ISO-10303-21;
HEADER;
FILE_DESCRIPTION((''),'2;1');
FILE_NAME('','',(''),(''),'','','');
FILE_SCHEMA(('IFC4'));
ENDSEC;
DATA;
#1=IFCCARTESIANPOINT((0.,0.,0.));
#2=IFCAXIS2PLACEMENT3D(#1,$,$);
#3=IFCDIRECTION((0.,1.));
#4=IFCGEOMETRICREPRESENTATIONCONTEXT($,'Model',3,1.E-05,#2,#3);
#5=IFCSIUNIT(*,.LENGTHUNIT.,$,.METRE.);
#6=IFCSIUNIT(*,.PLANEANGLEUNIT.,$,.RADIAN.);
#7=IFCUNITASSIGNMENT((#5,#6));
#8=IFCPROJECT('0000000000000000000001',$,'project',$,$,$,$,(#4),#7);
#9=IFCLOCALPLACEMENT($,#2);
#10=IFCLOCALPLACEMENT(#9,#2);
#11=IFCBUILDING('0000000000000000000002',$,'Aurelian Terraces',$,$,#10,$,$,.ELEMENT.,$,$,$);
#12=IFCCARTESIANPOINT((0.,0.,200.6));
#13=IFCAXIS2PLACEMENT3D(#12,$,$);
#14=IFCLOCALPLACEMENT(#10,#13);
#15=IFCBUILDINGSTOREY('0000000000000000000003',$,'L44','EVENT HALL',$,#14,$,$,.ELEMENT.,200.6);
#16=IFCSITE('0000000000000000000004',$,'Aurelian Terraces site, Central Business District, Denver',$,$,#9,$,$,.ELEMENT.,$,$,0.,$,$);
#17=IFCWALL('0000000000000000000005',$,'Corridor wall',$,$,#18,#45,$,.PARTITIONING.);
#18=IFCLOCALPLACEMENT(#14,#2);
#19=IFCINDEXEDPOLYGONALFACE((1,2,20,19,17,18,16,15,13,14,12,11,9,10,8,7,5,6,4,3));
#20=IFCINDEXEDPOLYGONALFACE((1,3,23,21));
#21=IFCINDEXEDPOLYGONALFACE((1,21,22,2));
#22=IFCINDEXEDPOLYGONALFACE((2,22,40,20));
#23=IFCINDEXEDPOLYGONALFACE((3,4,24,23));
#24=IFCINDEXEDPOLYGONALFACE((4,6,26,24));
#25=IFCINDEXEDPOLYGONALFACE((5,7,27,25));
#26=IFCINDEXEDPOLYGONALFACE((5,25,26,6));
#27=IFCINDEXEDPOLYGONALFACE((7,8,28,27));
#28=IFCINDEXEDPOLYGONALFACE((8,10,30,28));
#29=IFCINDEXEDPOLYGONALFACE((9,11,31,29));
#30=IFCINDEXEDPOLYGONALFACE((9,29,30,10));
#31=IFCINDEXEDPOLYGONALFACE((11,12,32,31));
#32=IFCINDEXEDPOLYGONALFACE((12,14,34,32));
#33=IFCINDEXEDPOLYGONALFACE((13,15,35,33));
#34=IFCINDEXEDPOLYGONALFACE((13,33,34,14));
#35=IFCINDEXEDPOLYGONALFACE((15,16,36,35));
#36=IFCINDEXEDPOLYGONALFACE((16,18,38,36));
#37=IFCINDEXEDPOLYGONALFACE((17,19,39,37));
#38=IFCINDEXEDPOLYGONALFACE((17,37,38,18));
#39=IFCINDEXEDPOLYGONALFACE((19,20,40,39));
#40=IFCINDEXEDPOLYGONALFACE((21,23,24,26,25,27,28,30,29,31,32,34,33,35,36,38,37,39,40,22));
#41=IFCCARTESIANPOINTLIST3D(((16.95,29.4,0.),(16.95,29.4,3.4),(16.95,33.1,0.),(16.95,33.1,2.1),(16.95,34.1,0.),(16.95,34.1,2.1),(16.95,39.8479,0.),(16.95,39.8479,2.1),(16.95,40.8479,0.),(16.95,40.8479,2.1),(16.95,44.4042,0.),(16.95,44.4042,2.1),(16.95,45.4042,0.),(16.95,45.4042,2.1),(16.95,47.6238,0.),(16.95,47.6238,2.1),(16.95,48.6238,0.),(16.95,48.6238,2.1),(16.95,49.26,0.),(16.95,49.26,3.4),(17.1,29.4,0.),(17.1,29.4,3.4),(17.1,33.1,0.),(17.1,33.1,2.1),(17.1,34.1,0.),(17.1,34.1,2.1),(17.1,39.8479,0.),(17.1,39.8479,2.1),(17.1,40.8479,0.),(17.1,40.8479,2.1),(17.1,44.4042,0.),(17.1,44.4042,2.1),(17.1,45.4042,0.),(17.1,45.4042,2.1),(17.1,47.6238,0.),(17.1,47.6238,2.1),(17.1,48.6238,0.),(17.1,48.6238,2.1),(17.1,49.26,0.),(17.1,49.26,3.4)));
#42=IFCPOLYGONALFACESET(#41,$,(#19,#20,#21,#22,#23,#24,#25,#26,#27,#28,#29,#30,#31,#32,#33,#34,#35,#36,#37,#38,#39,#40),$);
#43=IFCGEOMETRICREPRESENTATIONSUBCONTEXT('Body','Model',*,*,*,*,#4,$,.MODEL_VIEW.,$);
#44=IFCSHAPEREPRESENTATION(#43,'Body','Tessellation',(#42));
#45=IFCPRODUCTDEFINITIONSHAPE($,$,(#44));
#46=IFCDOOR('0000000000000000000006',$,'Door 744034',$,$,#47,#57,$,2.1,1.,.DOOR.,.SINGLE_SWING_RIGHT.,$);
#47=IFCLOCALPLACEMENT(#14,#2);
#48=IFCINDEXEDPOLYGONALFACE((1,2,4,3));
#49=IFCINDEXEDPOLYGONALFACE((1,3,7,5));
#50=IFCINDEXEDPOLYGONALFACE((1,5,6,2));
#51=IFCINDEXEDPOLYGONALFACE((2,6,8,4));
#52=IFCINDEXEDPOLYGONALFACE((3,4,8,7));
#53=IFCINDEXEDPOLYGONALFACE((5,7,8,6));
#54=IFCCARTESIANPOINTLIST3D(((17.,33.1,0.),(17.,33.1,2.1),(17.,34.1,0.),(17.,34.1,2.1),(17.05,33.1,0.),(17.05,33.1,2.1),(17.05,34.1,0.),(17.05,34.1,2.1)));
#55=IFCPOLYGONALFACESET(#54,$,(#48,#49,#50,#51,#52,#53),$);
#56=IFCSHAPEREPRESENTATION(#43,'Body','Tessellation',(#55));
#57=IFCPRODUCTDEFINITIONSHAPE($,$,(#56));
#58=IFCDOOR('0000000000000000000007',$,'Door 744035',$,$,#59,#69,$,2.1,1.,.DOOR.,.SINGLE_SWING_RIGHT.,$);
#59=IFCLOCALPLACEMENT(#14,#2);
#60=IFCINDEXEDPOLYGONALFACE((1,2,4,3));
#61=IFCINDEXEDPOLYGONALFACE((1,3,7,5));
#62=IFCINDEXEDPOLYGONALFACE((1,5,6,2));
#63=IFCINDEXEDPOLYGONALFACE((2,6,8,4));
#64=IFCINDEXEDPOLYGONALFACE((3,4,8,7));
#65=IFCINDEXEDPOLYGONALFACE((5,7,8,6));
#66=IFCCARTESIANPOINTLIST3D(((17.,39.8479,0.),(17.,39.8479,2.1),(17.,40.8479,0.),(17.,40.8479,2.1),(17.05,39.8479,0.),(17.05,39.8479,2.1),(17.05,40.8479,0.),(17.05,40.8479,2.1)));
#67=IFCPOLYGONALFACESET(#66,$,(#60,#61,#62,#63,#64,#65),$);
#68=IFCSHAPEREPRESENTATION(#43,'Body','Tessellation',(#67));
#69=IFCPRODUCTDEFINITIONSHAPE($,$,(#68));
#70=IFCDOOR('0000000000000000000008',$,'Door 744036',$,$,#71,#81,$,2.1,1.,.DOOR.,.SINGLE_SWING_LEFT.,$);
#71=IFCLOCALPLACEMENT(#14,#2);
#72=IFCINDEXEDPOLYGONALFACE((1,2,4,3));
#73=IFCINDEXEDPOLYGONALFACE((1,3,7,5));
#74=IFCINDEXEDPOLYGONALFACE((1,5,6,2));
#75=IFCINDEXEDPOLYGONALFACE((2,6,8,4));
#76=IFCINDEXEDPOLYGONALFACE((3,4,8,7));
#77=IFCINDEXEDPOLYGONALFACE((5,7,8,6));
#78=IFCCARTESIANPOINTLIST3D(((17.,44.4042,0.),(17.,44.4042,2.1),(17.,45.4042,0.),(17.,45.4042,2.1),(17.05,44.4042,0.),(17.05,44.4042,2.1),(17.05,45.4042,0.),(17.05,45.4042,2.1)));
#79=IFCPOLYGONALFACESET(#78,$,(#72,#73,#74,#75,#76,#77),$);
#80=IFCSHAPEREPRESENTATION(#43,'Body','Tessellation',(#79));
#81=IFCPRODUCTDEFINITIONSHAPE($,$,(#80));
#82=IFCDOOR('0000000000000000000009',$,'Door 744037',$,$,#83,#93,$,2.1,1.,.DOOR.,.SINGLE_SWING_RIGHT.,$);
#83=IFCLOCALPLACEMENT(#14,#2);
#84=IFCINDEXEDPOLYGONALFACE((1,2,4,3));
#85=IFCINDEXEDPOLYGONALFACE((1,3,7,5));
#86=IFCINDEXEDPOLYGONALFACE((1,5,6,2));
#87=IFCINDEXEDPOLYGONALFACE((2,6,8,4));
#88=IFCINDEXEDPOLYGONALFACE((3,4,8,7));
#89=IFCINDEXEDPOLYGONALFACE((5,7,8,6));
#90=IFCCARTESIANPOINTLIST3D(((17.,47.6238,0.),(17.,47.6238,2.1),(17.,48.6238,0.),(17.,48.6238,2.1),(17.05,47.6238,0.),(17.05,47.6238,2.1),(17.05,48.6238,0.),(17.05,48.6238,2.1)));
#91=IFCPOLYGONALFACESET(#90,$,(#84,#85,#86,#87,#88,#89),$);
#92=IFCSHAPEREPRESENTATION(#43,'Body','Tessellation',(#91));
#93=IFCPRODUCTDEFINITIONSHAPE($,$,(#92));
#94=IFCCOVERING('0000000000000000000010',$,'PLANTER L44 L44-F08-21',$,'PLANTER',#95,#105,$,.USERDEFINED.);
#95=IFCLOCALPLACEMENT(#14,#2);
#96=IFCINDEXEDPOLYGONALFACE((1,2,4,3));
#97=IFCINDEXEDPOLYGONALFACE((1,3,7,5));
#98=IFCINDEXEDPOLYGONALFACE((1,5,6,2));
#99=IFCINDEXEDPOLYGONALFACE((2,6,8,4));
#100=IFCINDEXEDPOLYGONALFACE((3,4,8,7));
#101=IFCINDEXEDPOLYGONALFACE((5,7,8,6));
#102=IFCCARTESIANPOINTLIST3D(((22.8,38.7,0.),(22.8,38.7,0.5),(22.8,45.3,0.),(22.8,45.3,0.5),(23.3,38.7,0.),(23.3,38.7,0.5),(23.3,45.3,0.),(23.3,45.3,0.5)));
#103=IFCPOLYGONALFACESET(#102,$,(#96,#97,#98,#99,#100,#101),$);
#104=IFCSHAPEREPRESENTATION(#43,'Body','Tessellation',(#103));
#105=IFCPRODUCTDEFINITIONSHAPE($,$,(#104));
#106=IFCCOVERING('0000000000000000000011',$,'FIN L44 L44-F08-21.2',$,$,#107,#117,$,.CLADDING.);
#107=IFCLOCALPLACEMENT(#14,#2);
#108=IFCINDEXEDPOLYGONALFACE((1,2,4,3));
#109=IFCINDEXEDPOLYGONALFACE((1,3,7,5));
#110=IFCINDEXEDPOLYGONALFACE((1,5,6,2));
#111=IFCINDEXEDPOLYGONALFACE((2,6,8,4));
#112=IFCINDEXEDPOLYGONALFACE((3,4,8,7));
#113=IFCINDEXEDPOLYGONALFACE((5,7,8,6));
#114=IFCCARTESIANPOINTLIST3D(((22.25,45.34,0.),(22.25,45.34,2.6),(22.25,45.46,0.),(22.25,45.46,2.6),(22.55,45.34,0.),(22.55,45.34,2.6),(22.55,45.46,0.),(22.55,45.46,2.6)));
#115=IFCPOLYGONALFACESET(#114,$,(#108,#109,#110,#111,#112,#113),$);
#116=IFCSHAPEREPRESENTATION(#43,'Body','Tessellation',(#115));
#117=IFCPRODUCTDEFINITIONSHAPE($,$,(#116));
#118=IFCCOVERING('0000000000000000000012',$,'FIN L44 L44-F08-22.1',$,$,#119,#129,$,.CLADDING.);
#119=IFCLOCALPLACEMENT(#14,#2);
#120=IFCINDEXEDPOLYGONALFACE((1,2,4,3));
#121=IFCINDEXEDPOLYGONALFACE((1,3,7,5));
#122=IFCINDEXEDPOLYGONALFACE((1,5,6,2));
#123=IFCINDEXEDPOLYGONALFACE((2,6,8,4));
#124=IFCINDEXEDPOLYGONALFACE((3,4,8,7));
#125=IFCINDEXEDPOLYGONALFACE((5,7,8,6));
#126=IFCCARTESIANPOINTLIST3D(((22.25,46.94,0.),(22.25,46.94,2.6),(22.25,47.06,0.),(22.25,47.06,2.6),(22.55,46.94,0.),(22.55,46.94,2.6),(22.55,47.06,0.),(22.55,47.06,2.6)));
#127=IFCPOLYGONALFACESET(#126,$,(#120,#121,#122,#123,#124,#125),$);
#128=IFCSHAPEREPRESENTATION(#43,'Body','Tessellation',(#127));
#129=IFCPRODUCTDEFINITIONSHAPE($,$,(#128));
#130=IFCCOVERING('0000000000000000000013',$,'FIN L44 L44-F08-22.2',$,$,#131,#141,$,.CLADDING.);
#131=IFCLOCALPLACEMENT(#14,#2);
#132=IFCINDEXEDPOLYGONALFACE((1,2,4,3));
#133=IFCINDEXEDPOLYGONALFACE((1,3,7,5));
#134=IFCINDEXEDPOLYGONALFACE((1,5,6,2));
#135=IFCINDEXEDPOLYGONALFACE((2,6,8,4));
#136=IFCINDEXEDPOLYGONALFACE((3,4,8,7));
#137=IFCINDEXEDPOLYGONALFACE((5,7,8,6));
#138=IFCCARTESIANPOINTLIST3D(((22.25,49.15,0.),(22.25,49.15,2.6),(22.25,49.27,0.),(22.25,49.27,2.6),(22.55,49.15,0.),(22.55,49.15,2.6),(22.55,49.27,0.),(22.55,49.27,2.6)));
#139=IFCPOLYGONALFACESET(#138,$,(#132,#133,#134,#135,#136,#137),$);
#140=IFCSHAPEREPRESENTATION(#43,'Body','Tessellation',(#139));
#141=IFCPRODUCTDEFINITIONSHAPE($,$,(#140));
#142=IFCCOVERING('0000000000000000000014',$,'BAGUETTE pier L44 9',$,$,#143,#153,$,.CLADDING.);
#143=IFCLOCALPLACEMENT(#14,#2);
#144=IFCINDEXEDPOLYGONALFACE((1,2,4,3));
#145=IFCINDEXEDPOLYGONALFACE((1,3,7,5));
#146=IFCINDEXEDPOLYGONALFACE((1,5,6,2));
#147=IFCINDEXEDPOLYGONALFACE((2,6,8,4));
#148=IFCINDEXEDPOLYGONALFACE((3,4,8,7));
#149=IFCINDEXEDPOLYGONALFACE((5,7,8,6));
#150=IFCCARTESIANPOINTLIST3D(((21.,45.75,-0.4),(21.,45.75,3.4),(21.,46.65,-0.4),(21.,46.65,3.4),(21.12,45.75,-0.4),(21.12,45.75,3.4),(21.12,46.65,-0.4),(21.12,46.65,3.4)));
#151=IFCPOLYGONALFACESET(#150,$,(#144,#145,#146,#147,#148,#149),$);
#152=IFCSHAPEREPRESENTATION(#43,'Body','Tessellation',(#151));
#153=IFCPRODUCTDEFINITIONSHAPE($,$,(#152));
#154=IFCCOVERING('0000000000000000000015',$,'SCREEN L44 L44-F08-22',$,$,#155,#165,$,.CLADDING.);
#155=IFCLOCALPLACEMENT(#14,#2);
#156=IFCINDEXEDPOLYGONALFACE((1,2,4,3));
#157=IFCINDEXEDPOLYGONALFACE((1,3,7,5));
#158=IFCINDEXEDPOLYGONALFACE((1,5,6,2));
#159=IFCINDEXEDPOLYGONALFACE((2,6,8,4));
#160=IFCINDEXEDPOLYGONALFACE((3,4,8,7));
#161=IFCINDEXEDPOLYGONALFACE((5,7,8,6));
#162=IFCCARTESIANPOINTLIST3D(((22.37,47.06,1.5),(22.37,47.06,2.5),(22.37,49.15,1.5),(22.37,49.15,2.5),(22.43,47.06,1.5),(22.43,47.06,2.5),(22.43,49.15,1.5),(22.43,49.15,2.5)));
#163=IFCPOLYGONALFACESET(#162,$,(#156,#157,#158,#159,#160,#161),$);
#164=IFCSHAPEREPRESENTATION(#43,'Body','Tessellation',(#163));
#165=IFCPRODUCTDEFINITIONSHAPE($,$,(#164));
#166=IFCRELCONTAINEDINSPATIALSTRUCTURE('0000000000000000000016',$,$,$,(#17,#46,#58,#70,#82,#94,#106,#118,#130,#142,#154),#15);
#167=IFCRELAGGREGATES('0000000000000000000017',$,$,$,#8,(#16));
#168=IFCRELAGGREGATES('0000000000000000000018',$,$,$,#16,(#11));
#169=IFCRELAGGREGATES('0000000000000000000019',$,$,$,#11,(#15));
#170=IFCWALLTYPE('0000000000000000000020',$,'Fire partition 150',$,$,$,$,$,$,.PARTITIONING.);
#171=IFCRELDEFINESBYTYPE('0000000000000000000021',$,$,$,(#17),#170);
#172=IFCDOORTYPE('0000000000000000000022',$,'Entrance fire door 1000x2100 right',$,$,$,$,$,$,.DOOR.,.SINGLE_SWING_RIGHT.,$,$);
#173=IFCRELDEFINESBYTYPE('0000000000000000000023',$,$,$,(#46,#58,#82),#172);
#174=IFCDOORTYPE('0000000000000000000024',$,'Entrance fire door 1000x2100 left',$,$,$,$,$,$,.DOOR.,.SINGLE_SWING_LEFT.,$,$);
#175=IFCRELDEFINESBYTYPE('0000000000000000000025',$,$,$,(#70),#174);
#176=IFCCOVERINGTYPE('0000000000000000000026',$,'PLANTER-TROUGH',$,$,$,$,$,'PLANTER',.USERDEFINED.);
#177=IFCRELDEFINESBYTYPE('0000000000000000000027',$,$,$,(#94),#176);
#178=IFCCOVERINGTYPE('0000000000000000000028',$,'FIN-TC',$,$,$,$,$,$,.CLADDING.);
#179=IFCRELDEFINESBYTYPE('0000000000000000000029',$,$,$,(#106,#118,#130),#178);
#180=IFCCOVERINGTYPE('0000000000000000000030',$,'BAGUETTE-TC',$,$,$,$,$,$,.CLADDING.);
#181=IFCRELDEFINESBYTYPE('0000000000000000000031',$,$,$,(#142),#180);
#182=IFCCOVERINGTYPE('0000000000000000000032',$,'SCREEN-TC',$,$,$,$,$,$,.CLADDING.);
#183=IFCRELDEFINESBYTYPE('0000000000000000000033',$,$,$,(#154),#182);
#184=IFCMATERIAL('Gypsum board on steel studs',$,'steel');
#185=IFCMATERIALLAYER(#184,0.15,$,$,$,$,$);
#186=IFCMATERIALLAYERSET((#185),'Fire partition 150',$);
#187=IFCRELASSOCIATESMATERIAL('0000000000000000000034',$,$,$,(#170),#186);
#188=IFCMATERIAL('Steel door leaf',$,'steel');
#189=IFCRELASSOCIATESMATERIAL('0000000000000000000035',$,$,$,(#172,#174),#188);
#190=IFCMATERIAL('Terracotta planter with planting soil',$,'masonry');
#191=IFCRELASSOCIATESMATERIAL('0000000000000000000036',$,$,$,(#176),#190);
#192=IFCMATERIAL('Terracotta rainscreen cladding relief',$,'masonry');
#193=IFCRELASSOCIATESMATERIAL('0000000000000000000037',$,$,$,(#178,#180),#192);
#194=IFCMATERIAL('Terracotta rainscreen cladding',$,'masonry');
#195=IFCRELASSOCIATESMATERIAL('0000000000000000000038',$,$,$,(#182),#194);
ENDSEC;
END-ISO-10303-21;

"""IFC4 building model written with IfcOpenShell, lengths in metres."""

from ifc_helpers import new_model, si_unit, direction, frame, frame_2d, origin, origin_2d, place, context, subcontext, project, spatial, rectangle, extrude, source, transform, mapped, material, layer, layer_set, type_object, element, fill, save


model = new_model("IFC4")

# Units and contexts
model_context = context("Model", 3, precision=1e-05, world=origin(), true_north=direction((0.0, 1.0)))
body_context = subcontext(model_context, "Body", "Model", "MODEL_VIEW")
ifc_project = project(units=[si_unit("LENGTHUNIT", "METRE"), si_unit("PLANEANGLEUNIT", "RADIAN")], contexts=[model_context])

# Site, building, storey
site_placement = place(None, origin())
site = spatial("IfcSite", under=ifc_project, at=site_placement, Name="Aurelian Terraces site, Central Business District, Denver", CompositionType="ELEMENT", RefElevation=0.0)
building_placement = place(site_placement, origin())
building = spatial("IfcBuilding", under=site, at=building_placement, Name="Aurelian Terraces", CompositionType="ELEMENT")
storey_placement = place(building_placement, frame((0.0, 0.0, 200.6)))
storey = spatial("IfcBuildingStorey", under=building, at=storey_placement, Name="L44", Description="EVENT HALL", CompositionType="ELEMENT", Elevation=200.6)

# Shared definitions
ifc_material_1 = material(Name="Terracotta rainscreen cladding", Category="masonry")

# Shared definitions
ifc_material_2 = material(Name="Gypsum board on steel studs", Category="steel")

# Wall, openings, doors
ifc_layer_1 = layer(ifc_material_2, 0.15)
ifc_layer_set_1 = layer_set([ifc_layer_1], Name="Fire partition 150")
wall_type_1 = type_object("IfcWallType", Name="Fire partition 150", PredefinedType="PARTITIONING", material=ifc_layer_set_1)
shared_shape_1 = source(origin(), body_context, "Body", "SweptSolid", [
    extrude(rectangle(XDim=19.86, YDim=0.15, at=frame_2d((9.93, 0.0))), origin(), (0.0, 0.0, 1.0), 3.4),
])
wall_1_placement = place(storey_placement, frame((17.025, 49.26, 0.0), z_axis=(0.0, 0.0, 1.0), x_axis=(0.0, -1.0, 0.0)))
wall_1 = element("IfcWall", 1, at=wall_1_placement, inside=storey, type_object=wall_type_1, Name="Corridor wall", PredefinedType="PARTITIONING", context=body_context, shape_type="MappedRepresentation", body=[
    mapped(shared_shape_1, transform((0.0, 0.0, 0.0), scale=1.0)),
])
shared_shape_2 = source(origin(), body_context, "Body", "SweptSolid", [
    extrude(rectangle(XDim=1.0, YDim=2.1, at=frame_2d((0.5, 1.05))), frame((0.0, 0.085, 0.0), z_axis=(0.0, -1.0, 0.0), x_axis=(1.0, 0.0, 0.0)), (0.0, 0.0, 1.0), 0.17),
])
opening_1_placement = place(wall_1_placement, frame((15.16, 0.0, 0.0)))
opening_1 = element("IfcOpeningElement", 2, at=opening_1_placement, cuts=wall_1, PredefinedType="OPENING", context=body_context, shape_type="MappedRepresentation", body=[
    mapped(shared_shape_2, transform((0.0, 0.0, 0.0), scale=1.0)),
])
opening_2_placement = place(wall_1_placement, frame((8.4121, 0.0, 0.0)))
opening_2 = element("IfcOpeningElement", 3, at=opening_2_placement, cuts=wall_1, PredefinedType="OPENING", context=body_context, shape_type="MappedRepresentation", body=[
    mapped(shared_shape_2, transform((0.0, 0.0, 0.0), scale=1.0)),
])
opening_3_placement = place(wall_1_placement, frame((3.8558, 0.0, 0.0)))
opening_3 = element("IfcOpeningElement", 4, at=opening_3_placement, cuts=wall_1, PredefinedType="OPENING", context=body_context, shape_type="MappedRepresentation", body=[
    mapped(shared_shape_2, transform((0.0, 0.0, 0.0), scale=1.0)),
])
opening_4_placement = place(wall_1_placement, frame((0.6362, 0.0, 0.0)))
opening_4 = element("IfcOpeningElement", 5, at=opening_4_placement, cuts=wall_1, PredefinedType="OPENING", context=body_context, shape_type="MappedRepresentation", body=[
    mapped(shared_shape_2, transform((0.0, 0.0, 0.0), scale=1.0)),
])
ifc_material_3 = material(Name="Steel door leaf", Category="steel")
door_type_1 = type_object("IfcDoorType", Name="Entrance fire door 1000x2100 right", OperationType="SINGLE_SWING_RIGHT", PredefinedType="DOOR", material=ifc_material_3)
shared_shape_3 = source(origin(), body_context, "Body", "SweptSolid", [
    extrude(rectangle(XDim=1.0, YDim=2.1, at=frame_2d((0.5, 1.05))), frame((0.0, 0.025, 0.0), z_axis=(0.0, -1.0, 0.0), x_axis=(1.0, 0.0, 0.0)), (0.0, 0.0, 1.0), 0.05),
])
door_1_placement = place(opening_1_placement, origin())
door_1 = element("IfcDoor", 6, at=door_1_placement, inside=storey, type_object=door_type_1, Name="Door 744034", OperationType="SINGLE_SWING_RIGHT", OverallHeight=2.1, OverallWidth=1.0, PredefinedType="DOOR", context=body_context, shape_type="MappedRepresentation", body=[
    mapped(shared_shape_3, transform((0.0, 0.0, 0.0), scale=1.0)),
])
fill(opening_1, door_1)
door_2_placement = place(opening_2_placement, origin())
door_2 = element("IfcDoor", 7, at=door_2_placement, inside=storey, type_object=door_type_1, Name="Door 744035", OperationType="SINGLE_SWING_RIGHT", OverallHeight=2.1, OverallWidth=1.0, PredefinedType="DOOR", context=body_context, shape_type="MappedRepresentation", body=[
    mapped(shared_shape_3, transform((0.0, 0.0, 0.0), scale=1.0)),
])
fill(opening_2, door_2)
door_type_2 = type_object("IfcDoorType", Name="Entrance fire door 1000x2100 left", OperationType="SINGLE_SWING_LEFT", PredefinedType="DOOR", material=ifc_material_3)
door_3_placement = place(opening_3_placement, origin())
door_3 = element("IfcDoor", 8, at=door_3_placement, inside=storey, type_object=door_type_2, Name="Door 744036", OperationType="SINGLE_SWING_LEFT", OverallHeight=2.1, OverallWidth=1.0, PredefinedType="DOOR", context=body_context, shape_type="MappedRepresentation", body=[
    mapped(shared_shape_3, transform((0.0, 0.0, 0.0), scale=1.0)),
])
fill(opening_3, door_3)
door_4_placement = place(opening_4_placement, origin())
door_4 = element("IfcDoor", 9, at=door_4_placement, inside=storey, type_object=door_type_1, Name="Door 744037", OperationType="SINGLE_SWING_RIGHT", OverallHeight=2.1, OverallWidth=1.0, PredefinedType="DOOR", context=body_context, shape_type="MappedRepresentation", body=[
    mapped(shared_shape_3, transform((0.0, 0.0, 0.0), scale=1.0)),
])
fill(opening_4, door_4)

# Coverings
ifc_material_4 = material(Name="Terracotta planter with planting soil", Category="masonry")
covering_type_1 = type_object("IfcCoveringType", Name="PLANTER-TROUGH", ElementType="PLANTER", PredefinedType="USERDEFINED", material=ifc_material_4)
covering_1_placement = place(storey_placement, frame((23.05, 42.0, 0.0), z_axis=(0.0, 0.0, 1.0), x_axis=(1.0, 0.0, 0.0)))
element("IfcCovering", 10, at=covering_1_placement, inside=storey, type_object=covering_type_1, Name="PLANTER L44 L44-F08-21", ObjectType="PLANTER", PredefinedType="USERDEFINED", context=body_context, shape_type="SweptSolid", body=[
    extrude(rectangle(XDim=0.5, YDim=6.6, at=origin_2d()), origin(), (0.0, 0.0, 1.0), 0.5),
])
ifc_material_5 = material(Name="Terracotta rainscreen cladding relief", Category="masonry")
covering_type_2 = type_object("IfcCoveringType", Name="FIN-TC", PredefinedType="CLADDING", material=ifc_material_5)
shared_shape_4 = source(origin(), body_context, "Body", "SweptSolid", [
    extrude(rectangle(XDim=0.3, YDim=0.12, at=origin_2d()), origin(), (0.0, 0.0, 1.0), 2.6),
])
for number, where, z_axis, x_axis, name in (
    (11, (22.4, 45.4, 0.0), (0.0, 0.0, 1.0), (1.0, 0.0, 0.0), "FIN L44 L44-F08-21.2"),
    (12, (22.4, 47.0, 0.0), (0.0, 0.0, 1.0), (1.0, 0.0, 0.0), "FIN L44 L44-F08-22.1"),
    (13, (22.4, 49.21, 0.0), (0.0, 0.0, 1.0), (1.0, 0.0, 0.0), "FIN L44 L44-F08-22.2"),
):
    element("IfcCovering", number, at=place(storey_placement, frame(where, z_axis=z_axis, x_axis=x_axis)), inside=storey, type_object=covering_type_2, Name=name, PredefinedType="CLADDING", context=body_context, shape_type="MappedRepresentation", body=[
        mapped(shared_shape_4, transform((0.0, 0.0, 0.0), scale=1.0)),
    ])
covering_type_3 = type_object("IfcCoveringType", Name="BAGUETTE-TC", PredefinedType="CLADDING", material=ifc_material_5)
shared_shape_5 = source(origin(), body_context, "Body", "SweptSolid", [
    extrude(rectangle(XDim=0.12, YDim=0.9, at=origin_2d()), origin(), (0.0, 0.0, 1.0), 3.8),
])
covering_2_placement = place(storey_placement, frame((21.06, 46.2, -0.4), z_axis=(0.0, 0.0, 1.0), x_axis=(1.0, 0.0, 0.0)))
element("IfcCovering", 14, at=covering_2_placement, inside=storey, type_object=covering_type_3, Name="BAGUETTE pier L44 9", PredefinedType="CLADDING", context=body_context, shape_type="MappedRepresentation", body=[
    mapped(shared_shape_5, transform((0.0, 0.0, 0.0), scale=1.0)),
])

# Covering
covering_type_4 = type_object("IfcCoveringType", Name="SCREEN-TC", PredefinedType="CLADDING", material=ifc_material_1)
shared_shape_6 = source(origin(), body_context, "Body", "SweptSolid", [
    extrude(rectangle(XDim=0.06, YDim=2.09, at=origin_2d()), origin(), (0.0, 0.0, 1.0), 1.0),
])
covering_3_placement = place(storey_placement, frame((22.4, 48.105, 1.5), z_axis=(0.0, 0.0, 1.0), x_axis=(1.0, 0.0, 0.0)))
element("IfcCovering", 15, at=covering_3_placement, inside=storey, type_object=covering_type_4, Name="SCREEN L44 L44-F08-22", PredefinedType="CLADDING", context=body_context, shape_type="MappedRepresentation", body=[
    mapped(shared_shape_6, transform((0.0, 0.0, 0.0), scale=1.0)),
])

save(model, "model.ifc")
